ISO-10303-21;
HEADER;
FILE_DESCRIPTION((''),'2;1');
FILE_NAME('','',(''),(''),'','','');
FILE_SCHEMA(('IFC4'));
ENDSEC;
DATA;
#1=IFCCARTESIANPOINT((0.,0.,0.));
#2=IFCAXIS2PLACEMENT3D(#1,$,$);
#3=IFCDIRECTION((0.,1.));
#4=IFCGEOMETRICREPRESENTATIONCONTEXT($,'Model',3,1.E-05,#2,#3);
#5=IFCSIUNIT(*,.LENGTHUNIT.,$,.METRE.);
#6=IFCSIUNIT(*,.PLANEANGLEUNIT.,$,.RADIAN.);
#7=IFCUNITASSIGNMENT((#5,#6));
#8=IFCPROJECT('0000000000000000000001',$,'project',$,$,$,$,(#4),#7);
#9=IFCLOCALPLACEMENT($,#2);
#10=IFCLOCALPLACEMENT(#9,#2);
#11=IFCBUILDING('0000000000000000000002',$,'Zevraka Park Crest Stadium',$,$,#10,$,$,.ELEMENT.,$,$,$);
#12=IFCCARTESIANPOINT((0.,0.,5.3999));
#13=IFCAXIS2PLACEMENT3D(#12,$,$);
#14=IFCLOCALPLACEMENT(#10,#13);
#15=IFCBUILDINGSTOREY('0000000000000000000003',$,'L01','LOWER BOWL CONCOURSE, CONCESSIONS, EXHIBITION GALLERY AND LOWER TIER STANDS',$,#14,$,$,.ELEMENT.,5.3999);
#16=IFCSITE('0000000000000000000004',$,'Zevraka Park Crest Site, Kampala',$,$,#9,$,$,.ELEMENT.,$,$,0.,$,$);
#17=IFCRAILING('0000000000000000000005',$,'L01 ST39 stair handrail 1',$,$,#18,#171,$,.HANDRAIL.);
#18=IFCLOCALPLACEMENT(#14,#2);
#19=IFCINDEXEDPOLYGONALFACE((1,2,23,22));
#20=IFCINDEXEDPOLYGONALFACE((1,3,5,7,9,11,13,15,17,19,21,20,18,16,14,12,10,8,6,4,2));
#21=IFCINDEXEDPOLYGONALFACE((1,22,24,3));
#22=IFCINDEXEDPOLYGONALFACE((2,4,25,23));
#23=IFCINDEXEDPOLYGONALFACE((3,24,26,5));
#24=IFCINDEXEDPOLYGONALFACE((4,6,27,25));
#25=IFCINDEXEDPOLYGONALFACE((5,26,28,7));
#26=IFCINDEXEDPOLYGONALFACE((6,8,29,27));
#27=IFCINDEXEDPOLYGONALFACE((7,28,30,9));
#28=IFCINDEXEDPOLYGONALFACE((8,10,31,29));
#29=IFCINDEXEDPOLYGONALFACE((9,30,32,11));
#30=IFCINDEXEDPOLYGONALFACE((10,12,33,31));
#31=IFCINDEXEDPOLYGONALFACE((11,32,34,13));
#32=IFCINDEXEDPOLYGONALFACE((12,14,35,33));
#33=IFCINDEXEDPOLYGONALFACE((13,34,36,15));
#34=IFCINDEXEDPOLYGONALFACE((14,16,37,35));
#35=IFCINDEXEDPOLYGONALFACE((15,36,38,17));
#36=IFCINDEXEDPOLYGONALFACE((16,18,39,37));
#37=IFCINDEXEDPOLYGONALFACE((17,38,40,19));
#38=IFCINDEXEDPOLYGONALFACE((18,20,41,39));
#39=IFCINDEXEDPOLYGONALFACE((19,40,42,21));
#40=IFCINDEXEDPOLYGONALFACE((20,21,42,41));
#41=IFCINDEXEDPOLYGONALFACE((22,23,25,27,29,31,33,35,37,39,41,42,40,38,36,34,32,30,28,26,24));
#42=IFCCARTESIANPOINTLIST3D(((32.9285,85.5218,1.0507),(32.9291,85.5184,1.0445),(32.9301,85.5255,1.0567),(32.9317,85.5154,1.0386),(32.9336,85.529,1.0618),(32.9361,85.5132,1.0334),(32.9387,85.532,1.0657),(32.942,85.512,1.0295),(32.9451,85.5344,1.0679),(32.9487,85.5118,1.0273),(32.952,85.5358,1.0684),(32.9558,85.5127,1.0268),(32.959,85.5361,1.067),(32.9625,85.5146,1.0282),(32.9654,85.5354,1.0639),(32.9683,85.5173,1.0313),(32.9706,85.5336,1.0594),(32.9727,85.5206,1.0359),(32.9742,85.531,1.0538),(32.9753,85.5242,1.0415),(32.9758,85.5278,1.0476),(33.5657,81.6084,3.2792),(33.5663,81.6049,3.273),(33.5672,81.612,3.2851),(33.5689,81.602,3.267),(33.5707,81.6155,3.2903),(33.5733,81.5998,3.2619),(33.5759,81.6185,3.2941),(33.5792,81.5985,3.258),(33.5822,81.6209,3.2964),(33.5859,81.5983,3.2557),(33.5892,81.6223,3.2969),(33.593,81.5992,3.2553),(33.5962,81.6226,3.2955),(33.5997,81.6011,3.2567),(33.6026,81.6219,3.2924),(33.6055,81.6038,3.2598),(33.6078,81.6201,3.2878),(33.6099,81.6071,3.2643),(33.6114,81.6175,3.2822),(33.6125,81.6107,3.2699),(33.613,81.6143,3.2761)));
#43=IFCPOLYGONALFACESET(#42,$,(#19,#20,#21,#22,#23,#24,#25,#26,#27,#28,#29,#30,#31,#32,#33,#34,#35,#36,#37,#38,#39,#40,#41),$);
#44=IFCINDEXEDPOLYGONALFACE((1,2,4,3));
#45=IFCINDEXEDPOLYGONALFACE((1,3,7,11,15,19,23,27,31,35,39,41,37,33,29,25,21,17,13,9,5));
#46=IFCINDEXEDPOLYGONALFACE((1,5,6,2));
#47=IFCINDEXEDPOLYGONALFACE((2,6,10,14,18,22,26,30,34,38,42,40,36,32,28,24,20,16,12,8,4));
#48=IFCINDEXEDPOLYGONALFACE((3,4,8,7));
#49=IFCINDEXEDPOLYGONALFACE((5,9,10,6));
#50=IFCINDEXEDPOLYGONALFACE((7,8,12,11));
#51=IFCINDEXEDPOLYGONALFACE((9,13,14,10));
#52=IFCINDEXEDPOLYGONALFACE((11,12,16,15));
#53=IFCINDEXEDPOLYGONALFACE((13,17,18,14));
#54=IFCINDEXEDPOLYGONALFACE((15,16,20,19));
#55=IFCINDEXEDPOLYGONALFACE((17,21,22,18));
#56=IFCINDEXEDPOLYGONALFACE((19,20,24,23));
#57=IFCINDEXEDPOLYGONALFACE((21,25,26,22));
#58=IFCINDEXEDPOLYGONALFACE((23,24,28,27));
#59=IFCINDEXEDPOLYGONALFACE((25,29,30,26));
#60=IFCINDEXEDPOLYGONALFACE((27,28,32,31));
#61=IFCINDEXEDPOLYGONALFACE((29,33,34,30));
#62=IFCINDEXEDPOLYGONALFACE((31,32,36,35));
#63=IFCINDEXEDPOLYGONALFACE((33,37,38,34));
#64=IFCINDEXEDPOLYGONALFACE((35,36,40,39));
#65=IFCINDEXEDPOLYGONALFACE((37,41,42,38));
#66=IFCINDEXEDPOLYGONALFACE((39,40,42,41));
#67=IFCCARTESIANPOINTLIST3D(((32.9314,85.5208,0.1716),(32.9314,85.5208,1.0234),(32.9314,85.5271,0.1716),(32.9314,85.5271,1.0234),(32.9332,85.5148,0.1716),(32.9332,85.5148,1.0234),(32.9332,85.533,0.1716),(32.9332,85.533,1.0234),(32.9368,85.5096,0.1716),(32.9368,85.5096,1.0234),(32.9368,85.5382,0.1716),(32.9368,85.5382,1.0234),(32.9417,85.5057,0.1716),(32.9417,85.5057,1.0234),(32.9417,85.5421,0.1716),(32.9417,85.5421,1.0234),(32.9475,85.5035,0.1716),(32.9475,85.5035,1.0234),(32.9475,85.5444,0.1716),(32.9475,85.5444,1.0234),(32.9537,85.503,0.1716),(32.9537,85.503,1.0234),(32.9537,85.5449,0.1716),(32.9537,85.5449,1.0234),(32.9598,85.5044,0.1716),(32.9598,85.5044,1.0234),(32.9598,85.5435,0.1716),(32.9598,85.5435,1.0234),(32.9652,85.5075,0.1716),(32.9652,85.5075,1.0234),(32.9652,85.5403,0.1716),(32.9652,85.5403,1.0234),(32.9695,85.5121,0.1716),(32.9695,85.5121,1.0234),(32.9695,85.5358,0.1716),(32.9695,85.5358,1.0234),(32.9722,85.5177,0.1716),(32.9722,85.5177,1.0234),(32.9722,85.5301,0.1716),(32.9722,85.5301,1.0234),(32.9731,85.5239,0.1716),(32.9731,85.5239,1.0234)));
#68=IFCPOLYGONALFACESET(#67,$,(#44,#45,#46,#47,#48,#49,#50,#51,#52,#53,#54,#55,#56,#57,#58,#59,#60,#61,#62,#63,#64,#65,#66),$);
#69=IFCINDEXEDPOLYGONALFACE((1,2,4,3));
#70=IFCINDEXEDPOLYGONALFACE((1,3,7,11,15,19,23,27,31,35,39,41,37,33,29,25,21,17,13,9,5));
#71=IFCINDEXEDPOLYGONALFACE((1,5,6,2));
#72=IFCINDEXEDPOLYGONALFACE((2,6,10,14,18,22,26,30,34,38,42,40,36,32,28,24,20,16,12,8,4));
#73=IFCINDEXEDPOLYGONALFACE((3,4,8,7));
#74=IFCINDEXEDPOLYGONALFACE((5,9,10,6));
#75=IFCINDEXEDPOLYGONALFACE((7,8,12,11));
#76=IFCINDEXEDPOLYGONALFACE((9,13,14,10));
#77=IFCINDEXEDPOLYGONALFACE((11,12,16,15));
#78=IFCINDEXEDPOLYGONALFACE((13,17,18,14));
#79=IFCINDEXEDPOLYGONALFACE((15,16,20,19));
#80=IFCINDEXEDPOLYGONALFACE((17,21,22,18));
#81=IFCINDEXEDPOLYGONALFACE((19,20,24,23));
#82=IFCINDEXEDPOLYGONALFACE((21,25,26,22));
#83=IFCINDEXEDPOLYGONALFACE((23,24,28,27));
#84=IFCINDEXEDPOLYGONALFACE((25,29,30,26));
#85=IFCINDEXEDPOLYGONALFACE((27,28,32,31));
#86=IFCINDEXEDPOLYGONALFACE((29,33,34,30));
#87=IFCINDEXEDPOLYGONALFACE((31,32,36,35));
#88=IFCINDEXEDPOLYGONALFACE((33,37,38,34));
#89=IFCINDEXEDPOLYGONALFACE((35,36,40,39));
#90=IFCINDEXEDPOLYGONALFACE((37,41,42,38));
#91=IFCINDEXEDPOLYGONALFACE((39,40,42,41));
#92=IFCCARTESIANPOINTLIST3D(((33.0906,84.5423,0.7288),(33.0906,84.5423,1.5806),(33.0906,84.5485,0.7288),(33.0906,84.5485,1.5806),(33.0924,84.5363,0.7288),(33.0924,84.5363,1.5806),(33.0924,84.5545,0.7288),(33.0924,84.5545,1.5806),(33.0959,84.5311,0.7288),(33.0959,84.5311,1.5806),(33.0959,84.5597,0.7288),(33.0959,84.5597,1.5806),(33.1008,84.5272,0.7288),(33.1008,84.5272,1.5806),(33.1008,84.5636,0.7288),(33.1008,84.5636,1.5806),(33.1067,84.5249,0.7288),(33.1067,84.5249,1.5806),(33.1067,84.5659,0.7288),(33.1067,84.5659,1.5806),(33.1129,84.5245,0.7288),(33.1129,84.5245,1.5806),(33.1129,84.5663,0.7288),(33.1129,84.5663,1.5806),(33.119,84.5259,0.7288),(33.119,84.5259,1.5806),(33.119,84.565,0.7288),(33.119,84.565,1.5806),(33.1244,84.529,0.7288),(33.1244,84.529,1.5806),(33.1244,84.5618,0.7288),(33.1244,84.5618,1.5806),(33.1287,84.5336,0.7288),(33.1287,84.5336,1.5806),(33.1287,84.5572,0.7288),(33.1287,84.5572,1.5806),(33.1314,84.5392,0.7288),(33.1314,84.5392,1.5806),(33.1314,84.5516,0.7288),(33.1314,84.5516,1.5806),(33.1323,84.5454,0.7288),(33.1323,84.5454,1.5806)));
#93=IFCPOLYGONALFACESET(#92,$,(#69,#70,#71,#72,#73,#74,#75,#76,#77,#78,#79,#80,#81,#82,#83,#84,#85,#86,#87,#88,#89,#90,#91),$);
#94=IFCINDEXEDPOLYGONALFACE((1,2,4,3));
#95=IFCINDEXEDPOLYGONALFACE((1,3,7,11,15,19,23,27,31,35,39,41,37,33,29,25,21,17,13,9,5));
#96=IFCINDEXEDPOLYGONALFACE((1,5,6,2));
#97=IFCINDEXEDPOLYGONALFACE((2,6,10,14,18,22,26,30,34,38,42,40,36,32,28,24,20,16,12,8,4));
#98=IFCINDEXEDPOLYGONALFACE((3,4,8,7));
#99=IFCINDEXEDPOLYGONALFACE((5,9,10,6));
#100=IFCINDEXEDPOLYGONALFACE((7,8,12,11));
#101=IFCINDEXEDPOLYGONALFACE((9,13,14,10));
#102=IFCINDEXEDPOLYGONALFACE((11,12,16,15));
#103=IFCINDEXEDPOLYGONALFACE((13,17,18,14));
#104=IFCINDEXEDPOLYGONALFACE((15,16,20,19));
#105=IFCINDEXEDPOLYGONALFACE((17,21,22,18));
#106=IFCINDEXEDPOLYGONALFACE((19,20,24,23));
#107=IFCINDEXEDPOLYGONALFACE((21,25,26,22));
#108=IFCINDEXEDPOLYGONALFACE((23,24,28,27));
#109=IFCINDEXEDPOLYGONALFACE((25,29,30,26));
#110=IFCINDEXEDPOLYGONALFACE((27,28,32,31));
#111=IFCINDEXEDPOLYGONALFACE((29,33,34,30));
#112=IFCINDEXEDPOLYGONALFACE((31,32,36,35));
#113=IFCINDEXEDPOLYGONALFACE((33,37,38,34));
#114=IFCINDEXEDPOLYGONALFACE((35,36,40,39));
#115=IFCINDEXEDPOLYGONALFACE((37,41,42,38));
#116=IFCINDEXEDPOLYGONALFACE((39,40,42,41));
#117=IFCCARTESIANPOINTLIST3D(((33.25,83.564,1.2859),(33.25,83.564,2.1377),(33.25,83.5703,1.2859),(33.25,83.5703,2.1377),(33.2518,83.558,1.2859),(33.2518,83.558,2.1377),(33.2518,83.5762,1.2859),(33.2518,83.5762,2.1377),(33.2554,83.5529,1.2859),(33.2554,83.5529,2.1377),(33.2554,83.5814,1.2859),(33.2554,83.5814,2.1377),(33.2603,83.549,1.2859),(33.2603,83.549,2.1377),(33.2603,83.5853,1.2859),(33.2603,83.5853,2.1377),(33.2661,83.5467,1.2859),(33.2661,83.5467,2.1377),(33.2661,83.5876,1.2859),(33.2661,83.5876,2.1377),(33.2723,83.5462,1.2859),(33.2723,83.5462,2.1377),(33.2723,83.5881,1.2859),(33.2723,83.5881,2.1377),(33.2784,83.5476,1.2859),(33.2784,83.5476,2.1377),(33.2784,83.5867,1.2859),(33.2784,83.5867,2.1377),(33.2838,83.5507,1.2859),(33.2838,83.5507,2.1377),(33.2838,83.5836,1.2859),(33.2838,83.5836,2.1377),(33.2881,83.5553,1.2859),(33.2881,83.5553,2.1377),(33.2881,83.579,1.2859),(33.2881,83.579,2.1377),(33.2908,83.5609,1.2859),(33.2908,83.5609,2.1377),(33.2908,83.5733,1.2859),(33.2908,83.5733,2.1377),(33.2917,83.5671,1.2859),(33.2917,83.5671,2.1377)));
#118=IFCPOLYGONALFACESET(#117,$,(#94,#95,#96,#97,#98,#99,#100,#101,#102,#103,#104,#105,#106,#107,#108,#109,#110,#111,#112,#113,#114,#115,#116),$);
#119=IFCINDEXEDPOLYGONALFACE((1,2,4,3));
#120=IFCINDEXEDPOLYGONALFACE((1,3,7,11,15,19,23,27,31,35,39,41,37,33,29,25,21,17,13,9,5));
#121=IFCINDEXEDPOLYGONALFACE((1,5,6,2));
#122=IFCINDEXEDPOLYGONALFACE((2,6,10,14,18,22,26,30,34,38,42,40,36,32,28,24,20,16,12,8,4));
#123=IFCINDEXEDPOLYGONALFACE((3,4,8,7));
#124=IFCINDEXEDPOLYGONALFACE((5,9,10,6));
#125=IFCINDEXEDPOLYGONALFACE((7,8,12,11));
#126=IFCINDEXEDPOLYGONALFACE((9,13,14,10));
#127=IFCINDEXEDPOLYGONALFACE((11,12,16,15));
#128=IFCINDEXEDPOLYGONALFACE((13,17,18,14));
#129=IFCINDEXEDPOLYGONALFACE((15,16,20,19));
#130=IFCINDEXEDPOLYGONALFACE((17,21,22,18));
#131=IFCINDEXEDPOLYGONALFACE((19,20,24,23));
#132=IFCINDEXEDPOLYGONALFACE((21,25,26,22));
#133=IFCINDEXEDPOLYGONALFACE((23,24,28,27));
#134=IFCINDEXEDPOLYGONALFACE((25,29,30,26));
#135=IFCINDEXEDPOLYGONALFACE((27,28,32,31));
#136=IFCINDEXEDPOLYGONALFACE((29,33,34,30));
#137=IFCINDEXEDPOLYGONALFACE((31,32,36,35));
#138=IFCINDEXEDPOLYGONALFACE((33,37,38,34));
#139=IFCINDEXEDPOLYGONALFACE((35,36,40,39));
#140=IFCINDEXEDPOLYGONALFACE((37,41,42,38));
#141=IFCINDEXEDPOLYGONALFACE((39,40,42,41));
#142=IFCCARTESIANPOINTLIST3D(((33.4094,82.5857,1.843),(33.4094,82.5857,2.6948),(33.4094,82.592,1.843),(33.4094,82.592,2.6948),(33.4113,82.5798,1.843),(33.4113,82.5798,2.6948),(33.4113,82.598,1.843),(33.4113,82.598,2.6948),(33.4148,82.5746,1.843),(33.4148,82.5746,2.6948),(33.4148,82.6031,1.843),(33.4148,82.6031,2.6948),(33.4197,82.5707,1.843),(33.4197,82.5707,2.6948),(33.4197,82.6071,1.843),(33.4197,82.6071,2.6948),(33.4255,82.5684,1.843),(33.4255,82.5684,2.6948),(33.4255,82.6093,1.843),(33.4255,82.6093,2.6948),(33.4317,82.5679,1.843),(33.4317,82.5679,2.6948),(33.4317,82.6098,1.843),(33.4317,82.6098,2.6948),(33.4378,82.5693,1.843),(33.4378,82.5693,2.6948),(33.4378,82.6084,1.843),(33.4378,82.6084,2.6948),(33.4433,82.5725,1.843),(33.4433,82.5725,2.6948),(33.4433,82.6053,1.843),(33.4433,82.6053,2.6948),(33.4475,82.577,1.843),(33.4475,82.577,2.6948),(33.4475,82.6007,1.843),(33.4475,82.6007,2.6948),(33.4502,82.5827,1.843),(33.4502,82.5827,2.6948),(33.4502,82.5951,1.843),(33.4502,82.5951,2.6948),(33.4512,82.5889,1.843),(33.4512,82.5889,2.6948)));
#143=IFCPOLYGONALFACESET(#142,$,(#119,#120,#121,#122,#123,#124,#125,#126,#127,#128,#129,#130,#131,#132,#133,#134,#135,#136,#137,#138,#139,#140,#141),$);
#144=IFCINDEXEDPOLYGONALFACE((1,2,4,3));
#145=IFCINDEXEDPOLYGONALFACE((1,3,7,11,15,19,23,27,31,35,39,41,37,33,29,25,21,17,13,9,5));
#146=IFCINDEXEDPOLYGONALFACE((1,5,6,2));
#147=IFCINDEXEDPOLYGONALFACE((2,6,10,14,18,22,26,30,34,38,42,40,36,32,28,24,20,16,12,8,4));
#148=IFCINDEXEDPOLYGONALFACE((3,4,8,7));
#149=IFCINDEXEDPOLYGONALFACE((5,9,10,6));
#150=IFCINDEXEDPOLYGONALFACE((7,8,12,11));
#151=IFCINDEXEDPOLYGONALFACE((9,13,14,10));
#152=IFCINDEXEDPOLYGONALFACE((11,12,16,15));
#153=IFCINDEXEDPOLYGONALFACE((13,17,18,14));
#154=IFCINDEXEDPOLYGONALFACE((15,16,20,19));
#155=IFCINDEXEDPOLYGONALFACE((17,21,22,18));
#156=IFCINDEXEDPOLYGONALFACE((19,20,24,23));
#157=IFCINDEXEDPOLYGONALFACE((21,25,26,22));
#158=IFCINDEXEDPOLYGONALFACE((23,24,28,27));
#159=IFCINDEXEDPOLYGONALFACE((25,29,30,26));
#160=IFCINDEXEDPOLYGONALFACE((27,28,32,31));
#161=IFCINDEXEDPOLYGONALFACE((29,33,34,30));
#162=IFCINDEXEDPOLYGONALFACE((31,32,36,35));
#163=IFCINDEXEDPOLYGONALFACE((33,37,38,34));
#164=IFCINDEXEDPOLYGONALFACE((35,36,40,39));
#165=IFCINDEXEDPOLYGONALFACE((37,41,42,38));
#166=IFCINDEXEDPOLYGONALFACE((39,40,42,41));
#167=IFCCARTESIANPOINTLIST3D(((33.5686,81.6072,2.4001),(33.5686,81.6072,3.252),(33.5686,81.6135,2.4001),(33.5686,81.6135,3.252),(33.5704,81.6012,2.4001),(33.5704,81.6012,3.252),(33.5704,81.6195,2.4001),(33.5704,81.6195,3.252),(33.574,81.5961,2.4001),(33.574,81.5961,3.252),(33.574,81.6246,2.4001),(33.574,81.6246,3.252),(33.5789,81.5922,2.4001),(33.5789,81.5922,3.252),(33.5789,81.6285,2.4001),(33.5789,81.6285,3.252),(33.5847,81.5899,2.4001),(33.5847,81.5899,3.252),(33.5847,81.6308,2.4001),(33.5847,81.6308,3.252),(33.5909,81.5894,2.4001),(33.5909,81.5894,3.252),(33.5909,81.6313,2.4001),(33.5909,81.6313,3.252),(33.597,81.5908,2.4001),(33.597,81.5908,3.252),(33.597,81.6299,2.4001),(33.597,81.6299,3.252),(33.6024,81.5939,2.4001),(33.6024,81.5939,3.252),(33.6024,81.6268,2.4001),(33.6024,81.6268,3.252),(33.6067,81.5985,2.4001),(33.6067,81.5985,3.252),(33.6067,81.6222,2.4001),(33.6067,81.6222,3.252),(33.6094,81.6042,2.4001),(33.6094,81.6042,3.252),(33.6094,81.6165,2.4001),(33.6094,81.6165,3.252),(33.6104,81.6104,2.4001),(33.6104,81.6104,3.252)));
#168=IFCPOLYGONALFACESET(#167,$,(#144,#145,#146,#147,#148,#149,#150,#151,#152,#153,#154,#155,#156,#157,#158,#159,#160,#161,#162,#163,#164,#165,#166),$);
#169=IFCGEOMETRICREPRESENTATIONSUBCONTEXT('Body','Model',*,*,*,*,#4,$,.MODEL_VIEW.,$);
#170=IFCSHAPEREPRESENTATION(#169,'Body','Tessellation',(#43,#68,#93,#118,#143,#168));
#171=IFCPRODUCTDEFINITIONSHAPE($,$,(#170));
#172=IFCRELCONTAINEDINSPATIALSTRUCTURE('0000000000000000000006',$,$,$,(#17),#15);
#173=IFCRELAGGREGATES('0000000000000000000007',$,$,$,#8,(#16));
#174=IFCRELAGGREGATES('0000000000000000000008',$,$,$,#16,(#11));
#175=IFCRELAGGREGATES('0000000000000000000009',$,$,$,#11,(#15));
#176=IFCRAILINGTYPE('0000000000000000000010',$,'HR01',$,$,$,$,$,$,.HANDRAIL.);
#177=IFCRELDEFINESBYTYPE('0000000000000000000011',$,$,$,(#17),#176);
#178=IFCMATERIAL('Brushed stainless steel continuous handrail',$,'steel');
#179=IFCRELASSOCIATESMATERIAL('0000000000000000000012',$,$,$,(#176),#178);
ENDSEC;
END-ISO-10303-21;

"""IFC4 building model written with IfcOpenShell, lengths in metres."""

from ifc_helpers import new_model, si_unit, direction, frame, origin, origin_2d, place, context, subcontext, project, spatial, circle, extrude, material, type_object, element, save


model = new_model("IFC4")

# Units and contexts
model_context = context("Model", 3, precision=1e-05, world=origin(), true_north=direction((0.0, 1.0)))
body_context = subcontext(model_context, "Body", "Model", "MODEL_VIEW")
ifc_project = project(units=[si_unit("LENGTHUNIT", "METRE"), si_unit("PLANEANGLEUNIT", "RADIAN")], contexts=[model_context])

# Site, building, storey
site_placement = place(None, origin())
site = spatial("IfcSite", under=ifc_project, at=site_placement, Name="Zevraka Park Crest Site, Kampala", CompositionType="ELEMENT", RefElevation=0.0)
building_placement = place(site_placement, origin())
building = spatial("IfcBuilding", under=site, at=building_placement, Name="Zevraka Park Crest Stadium", CompositionType="ELEMENT")
storey_placement = place(building_placement, frame((0.0, 0.0, 5.3999)))
storey = spatial("IfcBuildingStorey", under=building, at=storey_placement, Name="L01", Description="LOWER BOWL CONCOURSE, CONCESSIONS, EXHIBITION GALLERY AND LOWER TIER STANDS", CompositionType="ELEMENT", Elevation=5.3999)

# Railing
ifc_material_1 = material(Name="Brushed stainless steel continuous handrail", Category="steel")
railing_type_1 = type_object("IfcRailingType", Name="HR01", PredefinedType="HANDRAIL", material=ifc_material_1)
railing_1_placement = place(storey_placement, frame((32.9521, 85.5239, 0.1716)))
element("IfcRailing", 1, at=railing_1_placement, inside=storey, type_object=railing_type_1, Name="L01 ST39 stair handrail 1", PredefinedType="HANDRAIL", context=body_context, shape_type="SweptSolid", body=[
    extrude(circle(Radius=0.0239, at=origin_2d()), frame((0.0, 0.0, 0.876), z_axis=(0.140093, -0.86042, 0.489951), x_axis=(0.987003, 0.160704, 0.0)), (0.0, 0.0, 1.0), 4.5483),
    extrude(circle(Radius=0.021, at=origin_2d()), origin(), (0.0, 0.0, 1.0), 0.8518),
    extrude(circle(Radius=0.021, at=origin_2d()), frame((0.1592, -0.9785, 0.5571)), (0.0, 0.0, 1.0), 0.8518),
    extrude(circle(Radius=0.021, at=origin_2d()), frame((0.3186, -1.9568, 1.1143)), (0.0, 0.0, 1.0), 0.8518),
    extrude(circle(Radius=0.021, at=origin_2d()), frame((0.478, -2.9351, 1.6714)), (0.0, 0.0, 1.0), 0.8518),
    extrude(circle(Radius=0.021, at=origin_2d()), frame((0.6372, -3.9136, 2.2285)), (0.0, 0.0, 1.0), 0.8518),
])

save(model, "model.ifc")
